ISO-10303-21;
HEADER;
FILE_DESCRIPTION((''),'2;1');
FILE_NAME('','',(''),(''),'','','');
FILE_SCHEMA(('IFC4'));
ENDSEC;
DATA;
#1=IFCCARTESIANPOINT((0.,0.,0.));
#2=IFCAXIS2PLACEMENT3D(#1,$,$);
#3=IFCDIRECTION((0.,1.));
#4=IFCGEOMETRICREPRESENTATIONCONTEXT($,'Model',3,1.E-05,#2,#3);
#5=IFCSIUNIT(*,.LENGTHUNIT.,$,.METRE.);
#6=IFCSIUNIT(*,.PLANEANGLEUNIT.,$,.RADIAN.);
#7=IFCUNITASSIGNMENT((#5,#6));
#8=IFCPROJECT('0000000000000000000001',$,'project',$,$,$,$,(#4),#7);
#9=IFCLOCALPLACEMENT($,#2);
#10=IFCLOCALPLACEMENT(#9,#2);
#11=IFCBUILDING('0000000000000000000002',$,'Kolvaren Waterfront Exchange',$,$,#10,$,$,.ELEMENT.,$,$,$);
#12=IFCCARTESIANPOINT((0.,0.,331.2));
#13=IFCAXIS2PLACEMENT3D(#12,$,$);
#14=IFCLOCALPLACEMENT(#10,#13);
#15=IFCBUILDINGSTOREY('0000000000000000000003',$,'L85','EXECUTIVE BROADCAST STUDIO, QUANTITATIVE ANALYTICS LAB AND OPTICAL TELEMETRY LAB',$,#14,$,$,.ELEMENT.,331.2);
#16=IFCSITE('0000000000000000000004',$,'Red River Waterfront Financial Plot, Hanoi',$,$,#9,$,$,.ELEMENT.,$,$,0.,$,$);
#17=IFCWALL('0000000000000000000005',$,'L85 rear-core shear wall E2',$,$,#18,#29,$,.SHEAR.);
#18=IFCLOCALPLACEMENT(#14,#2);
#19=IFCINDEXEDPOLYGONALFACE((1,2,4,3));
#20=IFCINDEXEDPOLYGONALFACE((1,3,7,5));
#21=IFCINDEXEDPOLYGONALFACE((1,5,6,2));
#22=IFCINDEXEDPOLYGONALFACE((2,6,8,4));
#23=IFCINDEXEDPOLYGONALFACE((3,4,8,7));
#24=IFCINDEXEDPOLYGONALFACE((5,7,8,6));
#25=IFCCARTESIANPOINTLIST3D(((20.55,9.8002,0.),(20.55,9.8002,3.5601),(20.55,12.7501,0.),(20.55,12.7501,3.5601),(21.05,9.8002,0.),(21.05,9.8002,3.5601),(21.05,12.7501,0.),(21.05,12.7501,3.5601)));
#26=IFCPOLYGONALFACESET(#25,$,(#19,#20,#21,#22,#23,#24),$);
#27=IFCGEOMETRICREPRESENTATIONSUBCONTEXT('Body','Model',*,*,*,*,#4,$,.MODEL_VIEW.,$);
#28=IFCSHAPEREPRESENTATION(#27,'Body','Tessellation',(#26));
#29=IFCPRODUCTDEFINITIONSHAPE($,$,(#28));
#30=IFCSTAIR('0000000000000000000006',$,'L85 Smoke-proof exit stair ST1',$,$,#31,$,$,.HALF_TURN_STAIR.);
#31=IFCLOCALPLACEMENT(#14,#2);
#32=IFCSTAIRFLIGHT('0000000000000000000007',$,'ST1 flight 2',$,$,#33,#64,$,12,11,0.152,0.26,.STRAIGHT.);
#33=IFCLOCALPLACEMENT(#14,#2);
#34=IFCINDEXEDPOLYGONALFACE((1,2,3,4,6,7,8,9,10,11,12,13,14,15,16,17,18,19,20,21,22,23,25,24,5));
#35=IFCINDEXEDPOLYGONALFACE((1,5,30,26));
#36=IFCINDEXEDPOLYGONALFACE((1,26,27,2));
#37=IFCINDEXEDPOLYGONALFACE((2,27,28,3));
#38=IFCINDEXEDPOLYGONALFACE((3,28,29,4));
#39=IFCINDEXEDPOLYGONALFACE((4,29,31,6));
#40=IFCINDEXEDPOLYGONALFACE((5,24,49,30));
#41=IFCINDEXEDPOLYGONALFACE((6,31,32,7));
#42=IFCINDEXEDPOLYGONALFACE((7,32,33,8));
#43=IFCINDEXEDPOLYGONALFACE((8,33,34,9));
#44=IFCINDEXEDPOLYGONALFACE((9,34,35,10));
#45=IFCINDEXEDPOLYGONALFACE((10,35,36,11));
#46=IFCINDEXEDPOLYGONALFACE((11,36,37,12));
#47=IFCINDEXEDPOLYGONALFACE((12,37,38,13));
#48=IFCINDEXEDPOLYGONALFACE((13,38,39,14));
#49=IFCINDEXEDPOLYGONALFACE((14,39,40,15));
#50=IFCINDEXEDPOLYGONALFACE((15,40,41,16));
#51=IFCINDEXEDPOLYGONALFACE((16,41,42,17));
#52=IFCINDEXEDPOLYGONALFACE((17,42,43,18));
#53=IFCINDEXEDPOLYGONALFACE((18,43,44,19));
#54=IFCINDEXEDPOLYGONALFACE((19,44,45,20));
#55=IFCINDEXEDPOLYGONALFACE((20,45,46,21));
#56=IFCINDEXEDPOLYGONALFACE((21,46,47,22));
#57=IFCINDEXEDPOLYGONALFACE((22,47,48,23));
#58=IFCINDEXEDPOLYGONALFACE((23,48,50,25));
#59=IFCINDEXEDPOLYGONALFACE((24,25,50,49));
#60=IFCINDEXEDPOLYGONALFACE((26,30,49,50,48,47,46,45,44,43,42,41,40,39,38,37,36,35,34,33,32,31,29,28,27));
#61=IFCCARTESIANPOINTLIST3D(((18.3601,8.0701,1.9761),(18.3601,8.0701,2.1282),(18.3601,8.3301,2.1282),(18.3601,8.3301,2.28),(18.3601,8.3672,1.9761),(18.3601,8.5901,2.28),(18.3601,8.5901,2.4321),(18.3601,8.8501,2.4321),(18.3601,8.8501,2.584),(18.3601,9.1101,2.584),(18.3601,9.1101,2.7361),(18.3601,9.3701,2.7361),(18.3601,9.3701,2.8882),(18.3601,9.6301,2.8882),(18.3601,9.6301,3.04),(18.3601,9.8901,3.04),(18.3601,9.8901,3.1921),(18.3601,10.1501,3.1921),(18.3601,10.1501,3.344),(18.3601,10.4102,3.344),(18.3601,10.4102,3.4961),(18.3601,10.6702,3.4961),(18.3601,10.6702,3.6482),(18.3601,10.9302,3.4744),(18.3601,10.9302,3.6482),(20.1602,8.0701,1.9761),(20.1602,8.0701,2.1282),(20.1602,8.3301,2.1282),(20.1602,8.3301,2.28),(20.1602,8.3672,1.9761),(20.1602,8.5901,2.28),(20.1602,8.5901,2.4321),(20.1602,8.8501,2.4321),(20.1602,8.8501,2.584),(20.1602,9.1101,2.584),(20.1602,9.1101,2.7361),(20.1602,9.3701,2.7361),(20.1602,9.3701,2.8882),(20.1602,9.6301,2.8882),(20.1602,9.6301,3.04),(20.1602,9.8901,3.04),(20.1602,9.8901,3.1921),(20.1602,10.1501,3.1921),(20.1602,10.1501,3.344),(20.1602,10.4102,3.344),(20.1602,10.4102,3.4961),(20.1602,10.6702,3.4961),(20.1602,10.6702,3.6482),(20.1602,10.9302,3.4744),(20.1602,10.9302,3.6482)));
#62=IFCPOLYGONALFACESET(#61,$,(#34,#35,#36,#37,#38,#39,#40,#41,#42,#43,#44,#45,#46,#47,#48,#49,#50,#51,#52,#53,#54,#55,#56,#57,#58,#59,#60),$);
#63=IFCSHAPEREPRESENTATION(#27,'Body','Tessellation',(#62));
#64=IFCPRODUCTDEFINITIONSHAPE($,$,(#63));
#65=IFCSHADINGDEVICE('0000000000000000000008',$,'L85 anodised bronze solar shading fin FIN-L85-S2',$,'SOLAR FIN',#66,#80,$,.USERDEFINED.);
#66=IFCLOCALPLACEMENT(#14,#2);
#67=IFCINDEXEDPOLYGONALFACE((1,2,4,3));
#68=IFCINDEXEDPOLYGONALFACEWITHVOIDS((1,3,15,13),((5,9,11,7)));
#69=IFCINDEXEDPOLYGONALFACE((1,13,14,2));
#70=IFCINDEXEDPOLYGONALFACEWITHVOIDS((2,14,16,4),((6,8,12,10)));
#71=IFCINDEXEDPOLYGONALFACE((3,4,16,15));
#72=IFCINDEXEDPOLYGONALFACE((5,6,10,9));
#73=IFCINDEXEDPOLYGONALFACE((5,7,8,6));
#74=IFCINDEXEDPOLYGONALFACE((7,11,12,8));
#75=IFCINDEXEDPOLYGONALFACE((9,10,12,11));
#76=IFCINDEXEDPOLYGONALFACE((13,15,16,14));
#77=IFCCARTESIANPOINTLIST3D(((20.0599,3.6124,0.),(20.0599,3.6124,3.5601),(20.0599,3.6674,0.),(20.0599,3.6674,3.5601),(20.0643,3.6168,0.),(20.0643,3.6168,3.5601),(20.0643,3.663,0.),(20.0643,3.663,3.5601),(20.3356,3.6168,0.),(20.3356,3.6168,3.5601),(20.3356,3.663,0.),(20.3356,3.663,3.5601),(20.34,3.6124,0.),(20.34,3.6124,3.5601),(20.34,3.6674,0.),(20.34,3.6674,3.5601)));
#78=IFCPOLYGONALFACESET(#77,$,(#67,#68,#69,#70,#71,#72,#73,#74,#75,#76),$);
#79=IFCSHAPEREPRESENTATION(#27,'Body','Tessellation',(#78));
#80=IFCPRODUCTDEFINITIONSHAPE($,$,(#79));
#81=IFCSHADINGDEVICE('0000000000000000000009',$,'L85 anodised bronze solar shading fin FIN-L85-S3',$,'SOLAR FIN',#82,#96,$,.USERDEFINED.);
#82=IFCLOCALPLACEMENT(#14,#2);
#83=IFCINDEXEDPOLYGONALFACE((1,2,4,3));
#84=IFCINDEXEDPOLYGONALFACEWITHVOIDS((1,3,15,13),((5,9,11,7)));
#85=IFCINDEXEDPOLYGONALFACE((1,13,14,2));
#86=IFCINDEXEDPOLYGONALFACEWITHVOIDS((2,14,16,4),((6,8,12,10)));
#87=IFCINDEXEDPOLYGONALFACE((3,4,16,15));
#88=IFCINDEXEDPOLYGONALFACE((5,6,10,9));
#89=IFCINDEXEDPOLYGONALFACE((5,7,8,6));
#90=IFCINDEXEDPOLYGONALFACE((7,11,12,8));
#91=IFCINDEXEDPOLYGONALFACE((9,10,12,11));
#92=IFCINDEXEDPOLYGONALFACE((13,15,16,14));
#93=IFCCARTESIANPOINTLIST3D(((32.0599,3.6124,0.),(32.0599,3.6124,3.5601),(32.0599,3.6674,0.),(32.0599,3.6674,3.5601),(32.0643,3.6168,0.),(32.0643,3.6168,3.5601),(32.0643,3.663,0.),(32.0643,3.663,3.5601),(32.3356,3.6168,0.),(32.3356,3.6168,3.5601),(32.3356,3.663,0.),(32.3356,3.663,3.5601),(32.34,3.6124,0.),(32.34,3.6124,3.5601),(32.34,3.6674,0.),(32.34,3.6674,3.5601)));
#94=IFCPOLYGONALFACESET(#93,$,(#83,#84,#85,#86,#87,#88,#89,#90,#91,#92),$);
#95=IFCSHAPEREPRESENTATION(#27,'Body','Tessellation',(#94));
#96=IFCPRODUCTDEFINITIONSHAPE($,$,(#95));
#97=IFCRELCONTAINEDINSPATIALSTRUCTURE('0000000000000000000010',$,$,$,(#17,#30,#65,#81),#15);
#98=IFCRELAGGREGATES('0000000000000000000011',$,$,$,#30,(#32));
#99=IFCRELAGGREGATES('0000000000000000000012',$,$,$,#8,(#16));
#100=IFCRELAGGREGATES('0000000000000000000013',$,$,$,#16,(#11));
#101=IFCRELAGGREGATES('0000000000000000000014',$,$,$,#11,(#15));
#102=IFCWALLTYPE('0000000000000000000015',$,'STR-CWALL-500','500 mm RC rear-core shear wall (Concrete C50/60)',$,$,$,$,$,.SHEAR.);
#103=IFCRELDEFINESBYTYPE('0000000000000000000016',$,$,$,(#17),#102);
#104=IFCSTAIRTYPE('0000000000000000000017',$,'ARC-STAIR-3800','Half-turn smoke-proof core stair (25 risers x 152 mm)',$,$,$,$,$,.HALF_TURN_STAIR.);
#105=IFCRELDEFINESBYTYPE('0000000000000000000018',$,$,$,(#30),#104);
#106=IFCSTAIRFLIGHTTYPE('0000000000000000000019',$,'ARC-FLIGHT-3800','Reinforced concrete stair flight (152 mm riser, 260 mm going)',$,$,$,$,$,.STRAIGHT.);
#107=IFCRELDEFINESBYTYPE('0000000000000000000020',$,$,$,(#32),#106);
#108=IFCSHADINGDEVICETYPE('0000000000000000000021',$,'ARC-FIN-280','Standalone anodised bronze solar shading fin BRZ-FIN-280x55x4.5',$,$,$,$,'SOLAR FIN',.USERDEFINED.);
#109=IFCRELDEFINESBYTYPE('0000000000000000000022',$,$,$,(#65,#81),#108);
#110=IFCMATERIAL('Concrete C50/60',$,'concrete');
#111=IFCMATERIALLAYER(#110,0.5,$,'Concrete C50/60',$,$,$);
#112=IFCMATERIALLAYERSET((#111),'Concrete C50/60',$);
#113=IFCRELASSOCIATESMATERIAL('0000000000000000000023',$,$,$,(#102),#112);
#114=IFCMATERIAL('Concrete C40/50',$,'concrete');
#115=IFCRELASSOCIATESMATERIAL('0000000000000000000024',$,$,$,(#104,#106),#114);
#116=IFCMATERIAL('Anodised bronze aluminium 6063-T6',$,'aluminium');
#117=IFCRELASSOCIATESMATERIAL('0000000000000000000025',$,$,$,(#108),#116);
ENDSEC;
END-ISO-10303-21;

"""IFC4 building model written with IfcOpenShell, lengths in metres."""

from ifc_helpers import new_model, si_unit, direction, frame, frame_2d, origin, origin_2d, place, context, subcontext, project, spatial, polyline, rectangle, hollow_rectangle, outline, extrude, material, layer, layer_set, material_profile, profile_set, type_object, element, aggregate, save


model = new_model("IFC4")

# Units and contexts
model_context = context("Model", 3, precision=1e-05, world=origin(), true_north=direction((0.0, 1.0)))
body_context = subcontext(model_context, "Body", "Model", "MODEL_VIEW")
ifc_project = project(units=[si_unit("LENGTHUNIT", "METRE"), si_unit("PLANEANGLEUNIT", "RADIAN")], contexts=[model_context])

# Site, building, storey
site_placement = place(None, origin())
site = spatial("IfcSite", under=ifc_project, at=site_placement, Name="Red River Waterfront Financial Plot, Hanoi", CompositionType="ELEMENT", RefElevation=0.0)
building_placement = place(site_placement, origin())
building = spatial("IfcBuilding", under=site, at=building_placement, Name="Kolvaren Waterfront Exchange", CompositionType="ELEMENT")
storey_placement = place(building_placement, frame((0.0, 0.0, 331.2)))
storey = spatial("IfcBuildingStorey", under=building, at=storey_placement, Name="L85", Description="EXECUTIVE BROADCAST STUDIO, QUANTITATIVE ANALYTICS LAB AND OPTICAL TELEMETRY LAB", CompositionType="ELEMENT", Elevation=331.2)

# Shared definitions
ifc_material_1 = material(Name="Concrete C50/60", Category="concrete")

# Shared definitions
ifc_material_2 = material(Name="Anodised bronze aluminium 6063-T6", Category="aluminium")

# Wall
ifc_material_3 = material(Name="Concrete C40/50", Category="concrete")
ifc_layer_1 = layer(ifc_material_1, 0.5, Name="Concrete C50/60")
ifc_layer_set_1 = layer_set([ifc_layer_1], Name="Concrete C50/60")
wall_type_1 = type_object("IfcWallType", Name="STR-CWALL-500", Description="500 mm RC rear-core shear wall (Concrete C50/60)", PredefinedType="SHEAR", material=ifc_layer_set_1)
wall_1_placement = place(storey_placement, frame((20.8, 9.8, 0.0), z_axis=(0.0, 0.0, 1.0), x_axis=(0.0, 1.0, 0.0)))
element("IfcWall", 1, at=wall_1_placement, inside=storey, type_object=wall_type_1, Name="L85 rear-core shear wall E2", PredefinedType="SHEAR", context=body_context, shape_type="SweptSolid", body=[
    extrude(rectangle(XDim=2.95, YDim=0.5, at=frame_2d((1.4751, 0.0))), origin(), (0.0, 0.0, 1.0), 3.5601),
])

# Stair, stair flight
stair_type = type_object("IfcStairType", Name="ARC-STAIR-3800", Description="Half-turn smoke-proof core stair (25 risers x 152 mm)", PredefinedType="HALF_TURN_STAIR", material=ifc_material_3)
stair_placement = place(storey_placement, origin())
stair = element("IfcStair", 2, at=stair_placement, inside=storey, type_object=stair_type, Name="L85 Smoke-proof exit stair ST1", PredefinedType="HALF_TURN_STAIR")
stair_flight_type = type_object("IfcStairFlightType", Name="ARC-FLIGHT-3800", Description="Reinforced concrete stair flight (152 mm riser, 260 mm going)", PredefinedType="STRAIGHT", material=ifc_material_3)
stair_flight_placement = place(storey_placement, frame((19.26, 8.0701, 1.9761), z_axis=(0.0, 0.0, 1.0), x_axis=(0.0, 1.0, 0.0)))
stair_flight = element("IfcStairFlight", 3, at=stair_flight_placement, type_object=stair_flight_type, Name="ST1 flight 2", NumberOfRisers=12, NumberOfTreads=11, PredefinedType="STRAIGHT", RiserHeight=0.152, TreadLength=0.26, context=body_context, shape_type="SweptSolid", body=[
    extrude(outline(polyline([(0.0, 0.0), (0.0, 0.1521), (0.26, 0.1521), (0.26, 0.304), (0.52, 0.304), (0.52, 0.4561), (0.78, 0.4561), (0.78, 0.6079), (1.04, 0.6079), (1.04, 0.76), (1.3, 0.76), (1.3, 0.9121), (1.5601, 0.9121), (1.5601, 1.064), (1.8201, 1.064), (1.8201, 1.2161), (2.0801, 1.2161), (2.0801, 1.3679), (2.3401, 1.3679), (2.3401, 1.52), (2.6001, 1.52), (2.6001, 1.6721), (2.8601, 1.6721), (2.8601, 1.824), (2.8601, 1.4983), (0.2971, 0.0), (0.0, 0.0)])), frame((0.0, 0.8999, 0.0), z_axis=(0.0, -1.0, 0.0), x_axis=(1.0, 0.0, 0.0)), (0.0, 0.0, 1.0), 1.8),
])
aggregate(stair, [stair_flight])

# Shading devices
ifc_material_profile_1 = material_profile(ifc_material_2, hollow_rectangle(XDim=0.0549, YDim=0.28, WallThickness=0.0044, at=origin_2d()), Name="BRZ-FIN-280x55x4.5")
ifc_profile_set_1 = profile_set([ifc_material_profile_1], Name="Anodised bronze aluminium 6063-T6")
shading_device_type = type_object("IfcShadingDeviceType", Name="ARC-FIN-280", Description="Standalone anodised bronze solar shading fin BRZ-FIN-280x55x4.5", ElementType="SOLAR FIN", PredefinedType="USERDEFINED", material=ifc_profile_set_1)
for number, where, z_axis, x_axis, name in (
    (4, (20.2, 3.6399, 0.0), (0.0, 0.0, 1.0), (0.0, -1.0, 0.0), "L85 anodised bronze solar shading fin FIN-L85-S2"),
    (5, (32.2, 3.6399, 0.0), (0.0, 0.0, 1.0), (0.0, -1.0, 0.0), "L85 anodised bronze solar shading fin FIN-L85-S3"),
):
    element("IfcShadingDevice", number, at=place(storey_placement, frame(where, z_axis=z_axis, x_axis=x_axis)), inside=storey, type_object=shading_device_type, Name=name, ObjectType="SOLAR FIN", PredefinedType="USERDEFINED", context=body_context, shape_type="SweptSolid", body=[
        extrude(hollow_rectangle(XDim=0.0549, YDim=0.28, WallThickness=0.0044, at=origin_2d()), origin(), (0.0, 0.0, 1.0), 3.5601),
    ])

save(model, "model.ifc")
